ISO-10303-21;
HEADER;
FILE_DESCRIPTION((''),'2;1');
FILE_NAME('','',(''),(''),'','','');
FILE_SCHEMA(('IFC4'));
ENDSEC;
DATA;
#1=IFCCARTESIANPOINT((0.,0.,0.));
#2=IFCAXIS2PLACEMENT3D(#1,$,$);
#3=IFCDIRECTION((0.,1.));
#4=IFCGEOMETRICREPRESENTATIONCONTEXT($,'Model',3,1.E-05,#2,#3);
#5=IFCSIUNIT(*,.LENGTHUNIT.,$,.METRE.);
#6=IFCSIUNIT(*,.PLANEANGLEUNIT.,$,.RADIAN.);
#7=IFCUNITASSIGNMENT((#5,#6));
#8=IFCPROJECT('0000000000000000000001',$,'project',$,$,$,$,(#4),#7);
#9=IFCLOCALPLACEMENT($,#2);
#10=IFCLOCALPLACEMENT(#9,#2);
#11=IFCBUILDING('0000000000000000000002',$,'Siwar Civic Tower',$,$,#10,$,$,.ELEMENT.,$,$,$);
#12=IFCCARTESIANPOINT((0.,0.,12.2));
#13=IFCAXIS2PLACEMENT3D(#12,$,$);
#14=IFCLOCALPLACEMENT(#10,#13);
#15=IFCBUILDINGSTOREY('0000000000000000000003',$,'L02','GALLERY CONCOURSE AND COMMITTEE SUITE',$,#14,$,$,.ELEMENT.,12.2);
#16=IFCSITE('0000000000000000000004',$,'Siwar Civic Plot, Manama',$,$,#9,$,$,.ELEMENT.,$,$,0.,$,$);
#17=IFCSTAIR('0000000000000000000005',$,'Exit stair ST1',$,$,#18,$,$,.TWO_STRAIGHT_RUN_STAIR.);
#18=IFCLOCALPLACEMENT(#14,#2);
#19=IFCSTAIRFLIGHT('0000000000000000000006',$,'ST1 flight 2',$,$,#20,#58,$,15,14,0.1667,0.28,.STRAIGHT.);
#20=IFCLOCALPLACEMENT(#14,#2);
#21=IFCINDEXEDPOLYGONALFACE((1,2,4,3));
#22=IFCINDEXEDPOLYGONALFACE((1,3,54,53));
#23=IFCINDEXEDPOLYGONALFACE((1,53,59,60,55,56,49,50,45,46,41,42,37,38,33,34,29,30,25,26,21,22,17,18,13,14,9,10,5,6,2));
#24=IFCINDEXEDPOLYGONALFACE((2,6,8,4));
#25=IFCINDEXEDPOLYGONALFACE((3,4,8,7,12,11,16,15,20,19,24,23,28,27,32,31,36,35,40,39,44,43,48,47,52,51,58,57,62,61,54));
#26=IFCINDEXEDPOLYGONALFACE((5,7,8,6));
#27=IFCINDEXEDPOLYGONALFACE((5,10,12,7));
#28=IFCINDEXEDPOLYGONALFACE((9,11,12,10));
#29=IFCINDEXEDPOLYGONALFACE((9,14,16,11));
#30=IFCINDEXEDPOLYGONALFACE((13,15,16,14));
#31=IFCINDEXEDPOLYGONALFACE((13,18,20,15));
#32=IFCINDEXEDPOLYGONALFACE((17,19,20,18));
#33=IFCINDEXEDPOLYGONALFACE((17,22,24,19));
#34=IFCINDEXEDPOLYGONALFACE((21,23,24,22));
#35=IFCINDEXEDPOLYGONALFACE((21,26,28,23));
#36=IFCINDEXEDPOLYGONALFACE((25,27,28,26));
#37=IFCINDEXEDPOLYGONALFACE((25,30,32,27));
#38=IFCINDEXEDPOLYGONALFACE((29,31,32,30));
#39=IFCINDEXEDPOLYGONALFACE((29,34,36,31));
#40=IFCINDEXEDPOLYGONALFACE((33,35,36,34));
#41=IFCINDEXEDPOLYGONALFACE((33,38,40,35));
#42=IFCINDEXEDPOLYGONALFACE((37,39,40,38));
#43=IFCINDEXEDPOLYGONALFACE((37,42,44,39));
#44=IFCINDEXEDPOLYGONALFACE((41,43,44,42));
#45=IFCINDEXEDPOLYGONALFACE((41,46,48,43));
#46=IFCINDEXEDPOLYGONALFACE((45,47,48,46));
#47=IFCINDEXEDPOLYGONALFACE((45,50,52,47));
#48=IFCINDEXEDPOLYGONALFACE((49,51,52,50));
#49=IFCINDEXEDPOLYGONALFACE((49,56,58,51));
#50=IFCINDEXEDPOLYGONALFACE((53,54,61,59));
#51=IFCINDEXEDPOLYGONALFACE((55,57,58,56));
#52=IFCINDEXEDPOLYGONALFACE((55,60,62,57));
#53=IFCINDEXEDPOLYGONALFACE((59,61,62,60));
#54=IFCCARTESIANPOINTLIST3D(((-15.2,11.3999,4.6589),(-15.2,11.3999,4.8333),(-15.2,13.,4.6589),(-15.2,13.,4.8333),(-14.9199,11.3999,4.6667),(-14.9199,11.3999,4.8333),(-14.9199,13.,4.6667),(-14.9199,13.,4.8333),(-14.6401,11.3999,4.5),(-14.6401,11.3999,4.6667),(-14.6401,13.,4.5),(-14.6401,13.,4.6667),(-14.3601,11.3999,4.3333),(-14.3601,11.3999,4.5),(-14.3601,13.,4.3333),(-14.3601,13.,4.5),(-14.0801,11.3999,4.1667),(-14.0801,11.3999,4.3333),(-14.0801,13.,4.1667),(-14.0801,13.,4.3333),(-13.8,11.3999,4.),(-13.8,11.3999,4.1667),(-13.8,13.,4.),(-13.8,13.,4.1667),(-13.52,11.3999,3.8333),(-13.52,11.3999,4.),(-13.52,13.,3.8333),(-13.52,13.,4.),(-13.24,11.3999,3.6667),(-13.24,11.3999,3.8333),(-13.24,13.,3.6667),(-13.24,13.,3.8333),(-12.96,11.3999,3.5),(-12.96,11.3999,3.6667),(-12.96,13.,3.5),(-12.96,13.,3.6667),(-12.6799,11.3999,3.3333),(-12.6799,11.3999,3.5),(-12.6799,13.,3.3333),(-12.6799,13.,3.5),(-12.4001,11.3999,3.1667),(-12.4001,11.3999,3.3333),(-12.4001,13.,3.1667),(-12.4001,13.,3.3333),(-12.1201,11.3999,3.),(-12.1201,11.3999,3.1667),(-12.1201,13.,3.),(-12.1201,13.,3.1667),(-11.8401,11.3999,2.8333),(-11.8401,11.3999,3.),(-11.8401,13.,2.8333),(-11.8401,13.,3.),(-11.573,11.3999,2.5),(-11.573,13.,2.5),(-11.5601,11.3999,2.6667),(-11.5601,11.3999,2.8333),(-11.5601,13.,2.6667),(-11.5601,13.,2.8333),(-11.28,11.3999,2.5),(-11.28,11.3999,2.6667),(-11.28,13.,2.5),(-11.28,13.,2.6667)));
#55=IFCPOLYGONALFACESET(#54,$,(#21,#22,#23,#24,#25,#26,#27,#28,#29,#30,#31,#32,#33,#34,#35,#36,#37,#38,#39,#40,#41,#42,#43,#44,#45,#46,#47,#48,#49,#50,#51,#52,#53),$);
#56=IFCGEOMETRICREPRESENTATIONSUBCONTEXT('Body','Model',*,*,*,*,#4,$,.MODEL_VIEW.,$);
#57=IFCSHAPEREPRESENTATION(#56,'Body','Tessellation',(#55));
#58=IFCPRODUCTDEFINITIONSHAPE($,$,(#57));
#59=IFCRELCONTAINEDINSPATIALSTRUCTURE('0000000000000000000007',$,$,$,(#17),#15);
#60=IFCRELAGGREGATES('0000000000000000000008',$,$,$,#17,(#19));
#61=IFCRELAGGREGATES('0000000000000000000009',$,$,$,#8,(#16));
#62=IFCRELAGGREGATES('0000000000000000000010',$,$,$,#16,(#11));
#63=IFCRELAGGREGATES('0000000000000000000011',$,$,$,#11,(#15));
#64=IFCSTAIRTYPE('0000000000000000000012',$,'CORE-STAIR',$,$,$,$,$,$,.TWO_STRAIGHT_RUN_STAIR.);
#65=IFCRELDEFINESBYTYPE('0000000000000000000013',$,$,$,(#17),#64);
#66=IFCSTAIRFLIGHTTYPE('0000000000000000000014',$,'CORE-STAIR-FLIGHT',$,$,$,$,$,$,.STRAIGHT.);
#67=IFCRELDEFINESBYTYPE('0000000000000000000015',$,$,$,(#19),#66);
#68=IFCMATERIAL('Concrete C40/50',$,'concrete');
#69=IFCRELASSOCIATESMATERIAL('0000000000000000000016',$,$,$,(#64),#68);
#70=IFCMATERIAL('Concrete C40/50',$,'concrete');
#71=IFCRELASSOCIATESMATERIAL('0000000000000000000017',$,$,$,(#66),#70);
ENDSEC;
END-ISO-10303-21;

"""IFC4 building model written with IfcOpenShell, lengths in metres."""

from ifc_helpers import new_model, si_unit, direction, frame, origin, place, context, subcontext, project, spatial, polyline, outline, extrude, material, type_object, element, aggregate, save


model = new_model("IFC4")

# Units and contexts
model_context = context("Model", 3, precision=1e-05, world=origin(), true_north=direction((0.0, 1.0)))
body_context = subcontext(model_context, "Body", "Model", "MODEL_VIEW")
ifc_project = project(units=[si_unit("LENGTHUNIT", "METRE"), si_unit("PLANEANGLEUNIT", "RADIAN")], contexts=[model_context])

# Site, building, storey
site_placement = place(None, origin())
site = spatial("IfcSite", under=ifc_project, at=site_placement, Name="Siwar Civic Plot, Manama", CompositionType="ELEMENT", RefElevation=0.0)
building_placement = place(site_placement, origin())
building = spatial("IfcBuilding", under=site, at=building_placement, Name="Siwar Civic Tower", CompositionType="ELEMENT")
storey_placement = place(building_placement, frame((0.0, 0.0, 12.2)))
storey = spatial("IfcBuildingStorey", under=building, at=storey_placement, Name="L02", Description="GALLERY CONCOURSE AND COMMITTEE SUITE", CompositionType="ELEMENT", Elevation=12.2)

# Stair, stair flight
ifc_material_1 = material(Name="Concrete C40/50", Category="concrete")
stair_type = type_object("IfcStairType", Name="CORE-STAIR", PredefinedType="TWO_STRAIGHT_RUN_STAIR", material=ifc_material_1)
stair_placement = place(storey_placement, origin())
stair = element("IfcStair", 1, at=stair_placement, inside=storey, type_object=stair_type, Name="Exit stair ST1", PredefinedType="TWO_STRAIGHT_RUN_STAIR")
ifc_material_2 = material(Name="Concrete C40/50", Category="concrete")
stair_flight_type = type_object("IfcStairFlightType", Name="CORE-STAIR-FLIGHT", PredefinedType="STRAIGHT", material=ifc_material_2)
stair_flight_1_placement = place(storey_placement, frame((-11.28, 12.2, 2.5), z_axis=(0.0, 0.0, 1.0), x_axis=(-1.0, 0.0, 0.0)))
stair_flight_1 = element("IfcStairFlight", 2, at=stair_flight_1_placement, type_object=stair_flight_type, Name="ST1 flight 2", NumberOfRisers=15, NumberOfTreads=14, PredefinedType="STRAIGHT", RiserHeight=0.1667, TreadLength=0.28, context=body_context, shape_type="SweptSolid", body=[
    extrude(outline(polyline([(0.0, 0.0), (0.0, 0.1667), (0.28, 0.1667), (0.28, 0.3333), (0.5601, 0.3333), (0.5601, 0.5), (0.8401, 0.5), (0.8401, 0.6667), (1.1201, 0.6667), (1.1201, 0.8333), (1.3999, 0.8333), (1.3999, 1.0), (1.6799, 1.0), (1.6799, 1.1667), (1.96, 1.1667), (1.96, 1.3333), (2.24, 1.3333), (2.24, 1.5), (2.52, 1.5), (2.52, 1.6667), (2.8, 1.6667), (2.8, 1.8333), (3.0801, 1.8333), (3.0801, 2.0), (3.3601, 2.0), (3.3601, 2.1667), (3.6399, 2.1667), (3.6399, 2.3333), (3.9199, 2.3333), (3.9199, 2.5), (3.9199, 2.1589), (0.293, 0.0), (0.0, 0.0)])), frame((0.0, 0.8, 0.0), z_axis=(0.0, -1.0, 0.0), x_axis=(1.0, 0.0, 0.0)), (0.0, 0.0, 1.0), 1.6001),
])
aggregate(stair, [stair_flight_1])

save(model, "model.ifc")
